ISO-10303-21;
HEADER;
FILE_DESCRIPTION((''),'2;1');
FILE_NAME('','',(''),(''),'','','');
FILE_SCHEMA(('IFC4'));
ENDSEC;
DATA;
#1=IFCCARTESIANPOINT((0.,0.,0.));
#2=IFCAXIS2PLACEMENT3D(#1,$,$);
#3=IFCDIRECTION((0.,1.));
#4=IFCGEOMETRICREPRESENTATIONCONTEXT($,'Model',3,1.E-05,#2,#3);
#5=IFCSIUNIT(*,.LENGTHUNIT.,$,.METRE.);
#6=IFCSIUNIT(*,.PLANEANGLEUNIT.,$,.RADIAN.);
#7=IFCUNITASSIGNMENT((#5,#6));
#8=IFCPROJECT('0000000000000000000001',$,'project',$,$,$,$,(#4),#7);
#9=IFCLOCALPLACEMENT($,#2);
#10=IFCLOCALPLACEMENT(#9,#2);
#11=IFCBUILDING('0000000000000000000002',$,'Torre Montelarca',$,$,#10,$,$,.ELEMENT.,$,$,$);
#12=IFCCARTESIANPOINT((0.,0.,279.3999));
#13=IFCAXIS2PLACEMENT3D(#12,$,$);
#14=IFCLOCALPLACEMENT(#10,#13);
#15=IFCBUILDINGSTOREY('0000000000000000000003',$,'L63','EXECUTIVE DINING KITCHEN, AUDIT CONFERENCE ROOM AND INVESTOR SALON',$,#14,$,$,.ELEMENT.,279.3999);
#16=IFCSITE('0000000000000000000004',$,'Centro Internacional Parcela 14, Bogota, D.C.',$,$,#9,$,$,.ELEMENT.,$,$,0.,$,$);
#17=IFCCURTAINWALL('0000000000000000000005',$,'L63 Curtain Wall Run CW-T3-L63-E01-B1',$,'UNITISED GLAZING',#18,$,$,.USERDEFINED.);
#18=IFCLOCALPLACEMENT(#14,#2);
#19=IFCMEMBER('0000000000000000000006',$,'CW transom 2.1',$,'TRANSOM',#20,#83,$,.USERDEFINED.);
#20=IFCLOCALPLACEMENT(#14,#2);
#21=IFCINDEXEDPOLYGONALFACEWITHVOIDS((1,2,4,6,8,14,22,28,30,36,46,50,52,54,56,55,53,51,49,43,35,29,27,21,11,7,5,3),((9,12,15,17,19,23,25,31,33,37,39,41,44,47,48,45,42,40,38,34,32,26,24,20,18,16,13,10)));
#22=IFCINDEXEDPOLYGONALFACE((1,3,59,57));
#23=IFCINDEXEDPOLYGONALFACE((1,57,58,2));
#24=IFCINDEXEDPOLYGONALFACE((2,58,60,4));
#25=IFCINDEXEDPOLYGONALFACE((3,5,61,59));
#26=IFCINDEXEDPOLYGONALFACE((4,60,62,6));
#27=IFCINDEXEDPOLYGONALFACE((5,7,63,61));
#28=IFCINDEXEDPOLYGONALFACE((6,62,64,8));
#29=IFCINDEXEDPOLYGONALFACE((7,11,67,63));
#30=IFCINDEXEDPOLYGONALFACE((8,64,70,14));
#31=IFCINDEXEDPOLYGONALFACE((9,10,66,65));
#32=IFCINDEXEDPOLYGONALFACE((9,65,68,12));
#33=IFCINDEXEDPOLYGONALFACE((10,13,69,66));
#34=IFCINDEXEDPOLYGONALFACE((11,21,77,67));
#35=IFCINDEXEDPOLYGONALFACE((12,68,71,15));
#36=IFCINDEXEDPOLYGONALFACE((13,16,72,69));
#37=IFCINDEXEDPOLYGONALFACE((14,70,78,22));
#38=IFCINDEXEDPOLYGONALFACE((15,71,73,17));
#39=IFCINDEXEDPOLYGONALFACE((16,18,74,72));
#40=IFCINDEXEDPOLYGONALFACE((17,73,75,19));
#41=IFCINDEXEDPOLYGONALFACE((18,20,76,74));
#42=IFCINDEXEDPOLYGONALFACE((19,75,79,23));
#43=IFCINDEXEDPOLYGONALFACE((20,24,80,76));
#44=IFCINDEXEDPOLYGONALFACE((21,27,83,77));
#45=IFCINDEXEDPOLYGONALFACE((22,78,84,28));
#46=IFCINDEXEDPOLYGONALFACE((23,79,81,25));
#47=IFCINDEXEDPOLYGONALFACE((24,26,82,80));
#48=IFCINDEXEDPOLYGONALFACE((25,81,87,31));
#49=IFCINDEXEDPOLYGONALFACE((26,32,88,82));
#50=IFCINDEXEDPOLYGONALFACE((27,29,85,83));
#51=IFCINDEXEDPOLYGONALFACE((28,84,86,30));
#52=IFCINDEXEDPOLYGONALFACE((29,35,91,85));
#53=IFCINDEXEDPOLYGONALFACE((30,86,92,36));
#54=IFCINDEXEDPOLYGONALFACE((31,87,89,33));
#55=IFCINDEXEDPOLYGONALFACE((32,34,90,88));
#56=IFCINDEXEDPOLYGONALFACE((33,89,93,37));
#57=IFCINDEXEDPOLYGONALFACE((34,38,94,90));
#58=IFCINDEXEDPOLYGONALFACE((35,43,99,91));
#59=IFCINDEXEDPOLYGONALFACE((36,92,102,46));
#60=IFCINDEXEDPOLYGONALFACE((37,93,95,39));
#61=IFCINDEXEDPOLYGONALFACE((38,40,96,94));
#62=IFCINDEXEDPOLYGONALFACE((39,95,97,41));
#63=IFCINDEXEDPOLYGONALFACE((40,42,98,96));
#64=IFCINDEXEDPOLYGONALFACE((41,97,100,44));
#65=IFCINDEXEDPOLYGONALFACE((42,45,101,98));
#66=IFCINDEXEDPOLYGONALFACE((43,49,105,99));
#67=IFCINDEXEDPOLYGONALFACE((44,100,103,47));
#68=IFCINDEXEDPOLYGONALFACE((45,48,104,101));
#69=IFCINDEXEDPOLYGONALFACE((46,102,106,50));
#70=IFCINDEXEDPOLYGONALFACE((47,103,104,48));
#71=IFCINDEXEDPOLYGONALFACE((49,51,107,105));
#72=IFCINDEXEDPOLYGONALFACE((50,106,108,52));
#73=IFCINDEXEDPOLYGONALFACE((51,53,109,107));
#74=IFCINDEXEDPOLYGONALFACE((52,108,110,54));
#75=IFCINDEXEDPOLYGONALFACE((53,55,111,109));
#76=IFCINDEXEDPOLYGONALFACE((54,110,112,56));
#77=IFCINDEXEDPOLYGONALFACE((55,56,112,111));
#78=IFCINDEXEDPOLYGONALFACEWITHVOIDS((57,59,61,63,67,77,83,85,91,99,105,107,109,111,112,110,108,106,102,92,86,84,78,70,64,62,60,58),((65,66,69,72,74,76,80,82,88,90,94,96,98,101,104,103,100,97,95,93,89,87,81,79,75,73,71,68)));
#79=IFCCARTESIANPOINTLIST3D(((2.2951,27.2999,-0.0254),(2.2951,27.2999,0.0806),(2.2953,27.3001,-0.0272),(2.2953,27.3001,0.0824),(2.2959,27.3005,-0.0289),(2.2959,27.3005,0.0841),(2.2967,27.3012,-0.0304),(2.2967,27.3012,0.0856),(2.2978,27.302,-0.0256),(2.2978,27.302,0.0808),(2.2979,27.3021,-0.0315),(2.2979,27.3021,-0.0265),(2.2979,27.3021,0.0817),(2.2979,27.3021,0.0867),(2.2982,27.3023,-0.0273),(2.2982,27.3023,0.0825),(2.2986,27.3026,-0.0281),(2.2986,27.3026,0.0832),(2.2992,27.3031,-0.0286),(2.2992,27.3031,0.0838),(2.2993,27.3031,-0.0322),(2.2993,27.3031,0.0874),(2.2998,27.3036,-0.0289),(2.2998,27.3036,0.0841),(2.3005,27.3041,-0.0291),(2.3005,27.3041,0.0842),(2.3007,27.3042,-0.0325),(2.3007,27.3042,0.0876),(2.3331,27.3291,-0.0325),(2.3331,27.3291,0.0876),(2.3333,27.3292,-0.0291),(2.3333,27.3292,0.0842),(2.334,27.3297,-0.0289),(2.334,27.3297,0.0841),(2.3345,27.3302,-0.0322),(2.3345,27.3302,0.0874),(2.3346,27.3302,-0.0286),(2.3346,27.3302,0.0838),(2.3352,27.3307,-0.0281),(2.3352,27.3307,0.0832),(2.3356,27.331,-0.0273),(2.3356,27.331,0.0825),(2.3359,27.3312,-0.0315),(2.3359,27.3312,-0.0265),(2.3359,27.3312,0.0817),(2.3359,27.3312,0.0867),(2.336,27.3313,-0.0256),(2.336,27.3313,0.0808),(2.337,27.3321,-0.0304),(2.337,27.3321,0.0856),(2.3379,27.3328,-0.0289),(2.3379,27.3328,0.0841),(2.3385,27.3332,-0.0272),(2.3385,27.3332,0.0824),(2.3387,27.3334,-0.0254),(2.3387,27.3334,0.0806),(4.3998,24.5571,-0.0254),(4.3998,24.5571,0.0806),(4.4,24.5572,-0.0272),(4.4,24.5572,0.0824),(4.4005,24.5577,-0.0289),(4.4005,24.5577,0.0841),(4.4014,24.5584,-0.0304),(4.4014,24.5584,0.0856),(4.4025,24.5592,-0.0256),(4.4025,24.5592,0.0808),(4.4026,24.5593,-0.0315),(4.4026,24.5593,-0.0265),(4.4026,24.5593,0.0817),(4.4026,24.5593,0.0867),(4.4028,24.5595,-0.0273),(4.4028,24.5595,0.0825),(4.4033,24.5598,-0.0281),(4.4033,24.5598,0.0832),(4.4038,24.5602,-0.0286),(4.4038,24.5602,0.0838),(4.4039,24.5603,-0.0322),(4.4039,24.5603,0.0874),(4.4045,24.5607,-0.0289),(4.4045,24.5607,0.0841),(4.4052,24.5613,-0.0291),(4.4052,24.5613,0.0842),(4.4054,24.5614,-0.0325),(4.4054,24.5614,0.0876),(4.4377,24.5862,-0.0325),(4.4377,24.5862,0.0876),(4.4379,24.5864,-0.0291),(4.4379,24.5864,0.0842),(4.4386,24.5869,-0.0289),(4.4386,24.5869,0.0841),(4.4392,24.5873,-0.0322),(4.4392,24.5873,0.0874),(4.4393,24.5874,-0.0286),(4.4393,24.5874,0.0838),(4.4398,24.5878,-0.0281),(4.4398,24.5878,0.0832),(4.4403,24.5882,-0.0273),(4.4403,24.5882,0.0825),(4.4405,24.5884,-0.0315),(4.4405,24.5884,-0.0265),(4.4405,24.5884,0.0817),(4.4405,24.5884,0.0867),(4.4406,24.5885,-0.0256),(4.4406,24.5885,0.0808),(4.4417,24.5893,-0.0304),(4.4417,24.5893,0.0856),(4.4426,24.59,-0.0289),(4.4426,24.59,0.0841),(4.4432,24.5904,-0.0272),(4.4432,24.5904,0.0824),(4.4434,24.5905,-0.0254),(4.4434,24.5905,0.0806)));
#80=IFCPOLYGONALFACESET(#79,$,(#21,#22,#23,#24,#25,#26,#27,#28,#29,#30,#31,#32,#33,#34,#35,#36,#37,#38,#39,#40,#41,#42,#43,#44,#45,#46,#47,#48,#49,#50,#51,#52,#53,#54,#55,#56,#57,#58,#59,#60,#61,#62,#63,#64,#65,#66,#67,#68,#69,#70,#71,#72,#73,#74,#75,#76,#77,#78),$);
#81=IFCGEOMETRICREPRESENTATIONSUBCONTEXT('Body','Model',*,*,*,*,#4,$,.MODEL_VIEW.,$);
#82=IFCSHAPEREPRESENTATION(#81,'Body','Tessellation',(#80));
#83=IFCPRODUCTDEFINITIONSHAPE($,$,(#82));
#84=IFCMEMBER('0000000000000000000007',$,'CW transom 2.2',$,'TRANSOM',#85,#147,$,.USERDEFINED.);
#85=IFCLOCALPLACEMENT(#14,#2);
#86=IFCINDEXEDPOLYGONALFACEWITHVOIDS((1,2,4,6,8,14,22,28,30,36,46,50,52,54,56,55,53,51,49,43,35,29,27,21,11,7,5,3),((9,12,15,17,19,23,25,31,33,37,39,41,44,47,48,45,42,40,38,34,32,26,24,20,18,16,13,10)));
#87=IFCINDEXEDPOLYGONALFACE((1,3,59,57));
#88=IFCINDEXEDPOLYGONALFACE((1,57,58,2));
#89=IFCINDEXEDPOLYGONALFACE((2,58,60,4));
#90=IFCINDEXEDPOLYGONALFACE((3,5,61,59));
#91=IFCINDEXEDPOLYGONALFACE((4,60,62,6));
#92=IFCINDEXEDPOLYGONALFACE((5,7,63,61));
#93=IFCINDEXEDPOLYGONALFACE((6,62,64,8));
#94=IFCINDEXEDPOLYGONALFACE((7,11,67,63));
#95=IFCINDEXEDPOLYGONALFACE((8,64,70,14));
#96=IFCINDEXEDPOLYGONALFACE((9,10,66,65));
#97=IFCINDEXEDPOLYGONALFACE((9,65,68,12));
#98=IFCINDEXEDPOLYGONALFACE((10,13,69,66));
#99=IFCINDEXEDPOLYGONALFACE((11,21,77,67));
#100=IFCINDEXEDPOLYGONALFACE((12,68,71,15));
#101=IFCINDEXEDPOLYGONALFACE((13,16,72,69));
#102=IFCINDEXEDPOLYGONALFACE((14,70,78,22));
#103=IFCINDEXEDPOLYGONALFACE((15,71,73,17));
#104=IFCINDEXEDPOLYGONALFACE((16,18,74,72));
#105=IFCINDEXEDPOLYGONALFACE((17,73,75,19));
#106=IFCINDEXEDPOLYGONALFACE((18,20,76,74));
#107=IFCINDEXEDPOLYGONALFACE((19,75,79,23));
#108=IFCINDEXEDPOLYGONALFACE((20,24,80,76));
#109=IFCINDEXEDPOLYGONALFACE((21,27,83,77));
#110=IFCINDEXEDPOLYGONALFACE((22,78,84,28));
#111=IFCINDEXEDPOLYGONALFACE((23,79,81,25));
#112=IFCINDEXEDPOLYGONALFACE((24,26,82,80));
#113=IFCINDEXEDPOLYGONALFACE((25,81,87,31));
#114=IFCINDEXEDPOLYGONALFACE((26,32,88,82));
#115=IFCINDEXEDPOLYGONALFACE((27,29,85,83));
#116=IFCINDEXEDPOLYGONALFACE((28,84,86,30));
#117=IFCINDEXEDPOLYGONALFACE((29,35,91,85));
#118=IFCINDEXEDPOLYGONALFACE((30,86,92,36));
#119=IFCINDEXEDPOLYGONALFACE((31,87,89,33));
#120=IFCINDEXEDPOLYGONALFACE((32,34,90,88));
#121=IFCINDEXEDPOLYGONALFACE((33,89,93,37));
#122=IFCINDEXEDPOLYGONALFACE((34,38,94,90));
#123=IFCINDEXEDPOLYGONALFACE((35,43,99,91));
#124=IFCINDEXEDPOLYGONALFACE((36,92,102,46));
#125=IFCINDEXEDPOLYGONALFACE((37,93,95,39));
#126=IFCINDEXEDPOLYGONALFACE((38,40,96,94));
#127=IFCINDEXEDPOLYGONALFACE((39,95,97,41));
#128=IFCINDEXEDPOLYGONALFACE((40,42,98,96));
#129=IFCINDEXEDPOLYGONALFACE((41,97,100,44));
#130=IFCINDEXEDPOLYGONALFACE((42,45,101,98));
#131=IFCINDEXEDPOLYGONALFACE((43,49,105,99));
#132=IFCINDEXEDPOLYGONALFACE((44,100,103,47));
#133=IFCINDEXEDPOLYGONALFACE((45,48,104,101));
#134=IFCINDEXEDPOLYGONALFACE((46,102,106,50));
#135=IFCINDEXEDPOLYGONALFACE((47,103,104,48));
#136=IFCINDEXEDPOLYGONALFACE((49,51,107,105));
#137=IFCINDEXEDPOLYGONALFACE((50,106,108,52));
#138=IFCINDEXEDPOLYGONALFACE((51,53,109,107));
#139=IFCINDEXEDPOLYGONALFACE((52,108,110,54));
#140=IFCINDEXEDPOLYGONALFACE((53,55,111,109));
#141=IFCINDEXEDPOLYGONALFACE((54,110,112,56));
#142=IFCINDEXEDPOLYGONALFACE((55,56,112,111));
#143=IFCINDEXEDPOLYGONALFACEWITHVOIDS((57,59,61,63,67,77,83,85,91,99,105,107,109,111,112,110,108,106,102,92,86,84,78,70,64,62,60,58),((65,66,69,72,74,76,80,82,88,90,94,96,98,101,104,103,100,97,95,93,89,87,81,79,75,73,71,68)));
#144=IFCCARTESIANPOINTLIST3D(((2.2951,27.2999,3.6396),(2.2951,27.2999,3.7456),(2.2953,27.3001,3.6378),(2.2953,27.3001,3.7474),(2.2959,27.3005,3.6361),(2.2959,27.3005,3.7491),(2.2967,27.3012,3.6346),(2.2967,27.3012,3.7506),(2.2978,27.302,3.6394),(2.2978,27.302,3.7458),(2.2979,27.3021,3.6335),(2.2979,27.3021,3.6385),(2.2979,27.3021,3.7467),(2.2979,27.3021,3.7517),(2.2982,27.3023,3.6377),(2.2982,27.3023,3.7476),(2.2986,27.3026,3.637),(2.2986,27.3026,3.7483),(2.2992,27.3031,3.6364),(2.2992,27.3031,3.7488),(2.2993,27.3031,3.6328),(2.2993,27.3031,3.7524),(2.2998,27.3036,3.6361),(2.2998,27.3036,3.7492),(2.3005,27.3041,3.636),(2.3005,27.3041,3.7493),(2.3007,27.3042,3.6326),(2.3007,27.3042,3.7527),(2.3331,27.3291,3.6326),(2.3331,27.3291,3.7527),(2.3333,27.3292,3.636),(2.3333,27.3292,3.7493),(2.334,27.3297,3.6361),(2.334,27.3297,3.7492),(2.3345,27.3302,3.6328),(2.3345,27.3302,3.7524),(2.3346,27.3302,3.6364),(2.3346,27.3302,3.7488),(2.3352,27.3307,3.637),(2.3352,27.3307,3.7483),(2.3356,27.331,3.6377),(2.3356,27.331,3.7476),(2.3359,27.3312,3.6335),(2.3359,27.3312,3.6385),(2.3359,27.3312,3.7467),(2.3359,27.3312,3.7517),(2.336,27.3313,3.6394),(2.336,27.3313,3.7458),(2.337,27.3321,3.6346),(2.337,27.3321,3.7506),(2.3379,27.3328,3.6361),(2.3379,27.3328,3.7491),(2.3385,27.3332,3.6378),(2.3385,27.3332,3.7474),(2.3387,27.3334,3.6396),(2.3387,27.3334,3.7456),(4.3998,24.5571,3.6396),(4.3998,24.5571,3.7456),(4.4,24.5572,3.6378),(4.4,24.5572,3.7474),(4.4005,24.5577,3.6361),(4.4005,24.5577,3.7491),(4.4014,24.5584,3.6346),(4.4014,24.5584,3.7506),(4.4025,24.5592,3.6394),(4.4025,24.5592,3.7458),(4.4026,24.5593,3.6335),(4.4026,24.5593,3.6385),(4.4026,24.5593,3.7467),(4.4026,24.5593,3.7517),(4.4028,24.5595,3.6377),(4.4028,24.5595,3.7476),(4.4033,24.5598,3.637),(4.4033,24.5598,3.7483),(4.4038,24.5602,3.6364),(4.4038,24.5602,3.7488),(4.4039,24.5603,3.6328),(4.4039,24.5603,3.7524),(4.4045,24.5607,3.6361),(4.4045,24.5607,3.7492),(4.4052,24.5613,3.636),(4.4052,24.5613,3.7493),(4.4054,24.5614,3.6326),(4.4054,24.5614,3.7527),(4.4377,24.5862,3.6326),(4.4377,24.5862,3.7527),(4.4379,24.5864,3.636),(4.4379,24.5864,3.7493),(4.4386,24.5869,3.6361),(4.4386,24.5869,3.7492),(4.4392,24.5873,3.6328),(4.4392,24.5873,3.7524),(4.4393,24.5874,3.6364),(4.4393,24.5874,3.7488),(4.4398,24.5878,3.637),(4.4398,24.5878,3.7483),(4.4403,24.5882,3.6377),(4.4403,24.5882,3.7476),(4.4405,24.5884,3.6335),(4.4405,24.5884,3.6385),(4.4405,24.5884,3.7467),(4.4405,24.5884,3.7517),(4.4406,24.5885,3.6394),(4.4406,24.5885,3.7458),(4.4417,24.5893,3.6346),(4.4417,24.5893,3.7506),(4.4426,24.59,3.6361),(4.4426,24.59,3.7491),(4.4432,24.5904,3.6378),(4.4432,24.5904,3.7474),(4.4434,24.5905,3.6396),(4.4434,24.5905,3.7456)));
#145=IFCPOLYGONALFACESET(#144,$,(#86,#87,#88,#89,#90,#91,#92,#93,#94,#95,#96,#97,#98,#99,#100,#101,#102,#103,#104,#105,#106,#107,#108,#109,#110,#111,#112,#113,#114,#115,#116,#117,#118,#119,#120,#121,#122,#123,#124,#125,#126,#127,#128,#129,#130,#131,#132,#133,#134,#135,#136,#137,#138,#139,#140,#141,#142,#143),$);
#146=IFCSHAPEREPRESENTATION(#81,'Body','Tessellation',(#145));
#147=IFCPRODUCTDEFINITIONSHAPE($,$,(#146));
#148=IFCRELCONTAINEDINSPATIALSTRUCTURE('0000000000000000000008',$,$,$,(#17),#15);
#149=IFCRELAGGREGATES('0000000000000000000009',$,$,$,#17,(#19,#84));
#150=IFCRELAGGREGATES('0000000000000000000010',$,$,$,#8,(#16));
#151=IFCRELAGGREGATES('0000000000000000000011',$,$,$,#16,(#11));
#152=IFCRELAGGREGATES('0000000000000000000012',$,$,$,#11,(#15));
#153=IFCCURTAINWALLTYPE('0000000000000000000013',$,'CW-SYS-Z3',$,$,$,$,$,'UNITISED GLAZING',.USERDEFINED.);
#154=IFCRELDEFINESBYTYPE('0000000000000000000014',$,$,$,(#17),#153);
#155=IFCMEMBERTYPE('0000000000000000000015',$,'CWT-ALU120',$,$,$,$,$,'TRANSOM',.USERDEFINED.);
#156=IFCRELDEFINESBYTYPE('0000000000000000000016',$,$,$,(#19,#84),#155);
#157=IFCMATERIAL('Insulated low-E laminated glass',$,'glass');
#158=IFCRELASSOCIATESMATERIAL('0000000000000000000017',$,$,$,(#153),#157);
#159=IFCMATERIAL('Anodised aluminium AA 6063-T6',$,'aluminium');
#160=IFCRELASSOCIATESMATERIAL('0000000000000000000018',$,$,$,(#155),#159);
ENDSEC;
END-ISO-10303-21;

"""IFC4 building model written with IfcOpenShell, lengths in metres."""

from ifc_helpers import new_model, si_unit, direction, frame, origin, origin_2d, place, context, subcontext, project, spatial, hollow_rectangle, extrude, source, transform, mapped, material, material_profile, profile_set, type_object, element, aggregate, save


model = new_model("IFC4")

# Units and contexts
model_context = context("Model", 3, precision=1e-05, world=origin(), true_north=direction((0.0, 1.0)))
body_context = subcontext(model_context, "Body", "Model", "MODEL_VIEW")
ifc_project = project(units=[si_unit("LENGTHUNIT", "METRE"), si_unit("PLANEANGLEUNIT", "RADIAN")], contexts=[model_context])

# Site, building, storey
site_placement = place(None, origin())
site = spatial("IfcSite", under=ifc_project, at=site_placement, Name="Centro Internacional Parcela 14, Bogota, D.C.", CompositionType="ELEMENT", RefElevation=0.0)
building_placement = place(site_placement, origin())
building = spatial("IfcBuilding", under=site, at=building_placement, Name="Torre Montelarca", CompositionType="ELEMENT")
storey_placement = place(building_placement, frame((0.0, 0.0, 279.3999)))
storey = spatial("IfcBuildingStorey", under=building, at=storey_placement, Name="L63", Description="EXECUTIVE DINING KITCHEN, AUDIT CONFERENCE ROOM AND INVESTOR SALON", CompositionType="ELEMENT", Elevation=279.3999)

# Curtain wall
ifc_material_1 = material(Name="Insulated low-E laminated glass", Category="glass")
curtain_wall_type = type_object("IfcCurtainWallType", Name="CW-SYS-Z3", ElementType="UNITISED GLAZING", PredefinedType="USERDEFINED", material=ifc_material_1)
curtain_wall_1_placement = place(storey_placement, origin())
curtain_wall_1 = element("IfcCurtainWall", 1, at=curtain_wall_1_placement, inside=storey, type_object=curtain_wall_type, Name="L63 Curtain Wall Run CW-T3-L63-E01-B1", ObjectType="UNITISED GLAZING", PredefinedType="USERDEFINED")
ifc_material_2 = material(Name="Anodised aluminium AA 6063-T6", Category="aluminium")

# Members
ifc_material_profile_1 = material_profile(ifc_material_2, hollow_rectangle(XDim=0.0549, YDim=0.1201, WallThickness=0.0034, InnerFilletRadius=0.0034, OuterFilletRadius=0.0071, at=origin_2d()), Name="ALU55X120X3.5", Category="aluminium")
ifc_profile_set_1 = profile_set([ifc_material_profile_1], Name="Anodised aluminium AA 6063-T6")
member_type_1 = type_object("IfcMemberType", Name="CWT-ALU120", ElementType="TRANSOM", PredefinedType="USERDEFINED", material=ifc_profile_set_1)
shared_shape_1 = source(origin(), body_context, "Body", "SweptSolid", [
    extrude(hollow_rectangle(XDim=0.0549, YDim=0.1201, WallThickness=0.0034, InnerFilletRadius=0.0034, OuterFilletRadius=0.0071, at=origin_2d()), origin(), (0.0, 0.0, 1.0), 3.4573),
])
member_1_placement = place(storey_placement, frame((2.3169, 27.3167, 0.0276), z_axis=(0.608765, -0.793351, 0.0), x_axis=(0.793351, 0.608765, 0.0)))
member_1 = element("IfcMember", 2, at=member_1_placement, type_object=member_type_1, Name="CW transom 2.1", ObjectType="TRANSOM", PredefinedType="USERDEFINED", context=body_context, shape_type="MappedRepresentation", body=[
    mapped(shared_shape_1, transform((0.0, 0.0, 0.0), scale=1.0)),
])
member_2_placement = place(storey_placement, frame((2.3169, 27.3167, 3.6926), z_axis=(0.608765, -0.793351, 0.0), x_axis=(0.793351, 0.608765, 0.0)))
member_2 = element("IfcMember", 3, at=member_2_placement, type_object=member_type_1, Name="CW transom 2.2", ObjectType="TRANSOM", PredefinedType="USERDEFINED", context=body_context, shape_type="MappedRepresentation", body=[
    mapped(shared_shape_1, transform((0.0, 0.0, 0.0), scale=1.0)),
])

aggregate(curtain_wall_1, [member_1, member_2])

save(model, "model.ifc")
